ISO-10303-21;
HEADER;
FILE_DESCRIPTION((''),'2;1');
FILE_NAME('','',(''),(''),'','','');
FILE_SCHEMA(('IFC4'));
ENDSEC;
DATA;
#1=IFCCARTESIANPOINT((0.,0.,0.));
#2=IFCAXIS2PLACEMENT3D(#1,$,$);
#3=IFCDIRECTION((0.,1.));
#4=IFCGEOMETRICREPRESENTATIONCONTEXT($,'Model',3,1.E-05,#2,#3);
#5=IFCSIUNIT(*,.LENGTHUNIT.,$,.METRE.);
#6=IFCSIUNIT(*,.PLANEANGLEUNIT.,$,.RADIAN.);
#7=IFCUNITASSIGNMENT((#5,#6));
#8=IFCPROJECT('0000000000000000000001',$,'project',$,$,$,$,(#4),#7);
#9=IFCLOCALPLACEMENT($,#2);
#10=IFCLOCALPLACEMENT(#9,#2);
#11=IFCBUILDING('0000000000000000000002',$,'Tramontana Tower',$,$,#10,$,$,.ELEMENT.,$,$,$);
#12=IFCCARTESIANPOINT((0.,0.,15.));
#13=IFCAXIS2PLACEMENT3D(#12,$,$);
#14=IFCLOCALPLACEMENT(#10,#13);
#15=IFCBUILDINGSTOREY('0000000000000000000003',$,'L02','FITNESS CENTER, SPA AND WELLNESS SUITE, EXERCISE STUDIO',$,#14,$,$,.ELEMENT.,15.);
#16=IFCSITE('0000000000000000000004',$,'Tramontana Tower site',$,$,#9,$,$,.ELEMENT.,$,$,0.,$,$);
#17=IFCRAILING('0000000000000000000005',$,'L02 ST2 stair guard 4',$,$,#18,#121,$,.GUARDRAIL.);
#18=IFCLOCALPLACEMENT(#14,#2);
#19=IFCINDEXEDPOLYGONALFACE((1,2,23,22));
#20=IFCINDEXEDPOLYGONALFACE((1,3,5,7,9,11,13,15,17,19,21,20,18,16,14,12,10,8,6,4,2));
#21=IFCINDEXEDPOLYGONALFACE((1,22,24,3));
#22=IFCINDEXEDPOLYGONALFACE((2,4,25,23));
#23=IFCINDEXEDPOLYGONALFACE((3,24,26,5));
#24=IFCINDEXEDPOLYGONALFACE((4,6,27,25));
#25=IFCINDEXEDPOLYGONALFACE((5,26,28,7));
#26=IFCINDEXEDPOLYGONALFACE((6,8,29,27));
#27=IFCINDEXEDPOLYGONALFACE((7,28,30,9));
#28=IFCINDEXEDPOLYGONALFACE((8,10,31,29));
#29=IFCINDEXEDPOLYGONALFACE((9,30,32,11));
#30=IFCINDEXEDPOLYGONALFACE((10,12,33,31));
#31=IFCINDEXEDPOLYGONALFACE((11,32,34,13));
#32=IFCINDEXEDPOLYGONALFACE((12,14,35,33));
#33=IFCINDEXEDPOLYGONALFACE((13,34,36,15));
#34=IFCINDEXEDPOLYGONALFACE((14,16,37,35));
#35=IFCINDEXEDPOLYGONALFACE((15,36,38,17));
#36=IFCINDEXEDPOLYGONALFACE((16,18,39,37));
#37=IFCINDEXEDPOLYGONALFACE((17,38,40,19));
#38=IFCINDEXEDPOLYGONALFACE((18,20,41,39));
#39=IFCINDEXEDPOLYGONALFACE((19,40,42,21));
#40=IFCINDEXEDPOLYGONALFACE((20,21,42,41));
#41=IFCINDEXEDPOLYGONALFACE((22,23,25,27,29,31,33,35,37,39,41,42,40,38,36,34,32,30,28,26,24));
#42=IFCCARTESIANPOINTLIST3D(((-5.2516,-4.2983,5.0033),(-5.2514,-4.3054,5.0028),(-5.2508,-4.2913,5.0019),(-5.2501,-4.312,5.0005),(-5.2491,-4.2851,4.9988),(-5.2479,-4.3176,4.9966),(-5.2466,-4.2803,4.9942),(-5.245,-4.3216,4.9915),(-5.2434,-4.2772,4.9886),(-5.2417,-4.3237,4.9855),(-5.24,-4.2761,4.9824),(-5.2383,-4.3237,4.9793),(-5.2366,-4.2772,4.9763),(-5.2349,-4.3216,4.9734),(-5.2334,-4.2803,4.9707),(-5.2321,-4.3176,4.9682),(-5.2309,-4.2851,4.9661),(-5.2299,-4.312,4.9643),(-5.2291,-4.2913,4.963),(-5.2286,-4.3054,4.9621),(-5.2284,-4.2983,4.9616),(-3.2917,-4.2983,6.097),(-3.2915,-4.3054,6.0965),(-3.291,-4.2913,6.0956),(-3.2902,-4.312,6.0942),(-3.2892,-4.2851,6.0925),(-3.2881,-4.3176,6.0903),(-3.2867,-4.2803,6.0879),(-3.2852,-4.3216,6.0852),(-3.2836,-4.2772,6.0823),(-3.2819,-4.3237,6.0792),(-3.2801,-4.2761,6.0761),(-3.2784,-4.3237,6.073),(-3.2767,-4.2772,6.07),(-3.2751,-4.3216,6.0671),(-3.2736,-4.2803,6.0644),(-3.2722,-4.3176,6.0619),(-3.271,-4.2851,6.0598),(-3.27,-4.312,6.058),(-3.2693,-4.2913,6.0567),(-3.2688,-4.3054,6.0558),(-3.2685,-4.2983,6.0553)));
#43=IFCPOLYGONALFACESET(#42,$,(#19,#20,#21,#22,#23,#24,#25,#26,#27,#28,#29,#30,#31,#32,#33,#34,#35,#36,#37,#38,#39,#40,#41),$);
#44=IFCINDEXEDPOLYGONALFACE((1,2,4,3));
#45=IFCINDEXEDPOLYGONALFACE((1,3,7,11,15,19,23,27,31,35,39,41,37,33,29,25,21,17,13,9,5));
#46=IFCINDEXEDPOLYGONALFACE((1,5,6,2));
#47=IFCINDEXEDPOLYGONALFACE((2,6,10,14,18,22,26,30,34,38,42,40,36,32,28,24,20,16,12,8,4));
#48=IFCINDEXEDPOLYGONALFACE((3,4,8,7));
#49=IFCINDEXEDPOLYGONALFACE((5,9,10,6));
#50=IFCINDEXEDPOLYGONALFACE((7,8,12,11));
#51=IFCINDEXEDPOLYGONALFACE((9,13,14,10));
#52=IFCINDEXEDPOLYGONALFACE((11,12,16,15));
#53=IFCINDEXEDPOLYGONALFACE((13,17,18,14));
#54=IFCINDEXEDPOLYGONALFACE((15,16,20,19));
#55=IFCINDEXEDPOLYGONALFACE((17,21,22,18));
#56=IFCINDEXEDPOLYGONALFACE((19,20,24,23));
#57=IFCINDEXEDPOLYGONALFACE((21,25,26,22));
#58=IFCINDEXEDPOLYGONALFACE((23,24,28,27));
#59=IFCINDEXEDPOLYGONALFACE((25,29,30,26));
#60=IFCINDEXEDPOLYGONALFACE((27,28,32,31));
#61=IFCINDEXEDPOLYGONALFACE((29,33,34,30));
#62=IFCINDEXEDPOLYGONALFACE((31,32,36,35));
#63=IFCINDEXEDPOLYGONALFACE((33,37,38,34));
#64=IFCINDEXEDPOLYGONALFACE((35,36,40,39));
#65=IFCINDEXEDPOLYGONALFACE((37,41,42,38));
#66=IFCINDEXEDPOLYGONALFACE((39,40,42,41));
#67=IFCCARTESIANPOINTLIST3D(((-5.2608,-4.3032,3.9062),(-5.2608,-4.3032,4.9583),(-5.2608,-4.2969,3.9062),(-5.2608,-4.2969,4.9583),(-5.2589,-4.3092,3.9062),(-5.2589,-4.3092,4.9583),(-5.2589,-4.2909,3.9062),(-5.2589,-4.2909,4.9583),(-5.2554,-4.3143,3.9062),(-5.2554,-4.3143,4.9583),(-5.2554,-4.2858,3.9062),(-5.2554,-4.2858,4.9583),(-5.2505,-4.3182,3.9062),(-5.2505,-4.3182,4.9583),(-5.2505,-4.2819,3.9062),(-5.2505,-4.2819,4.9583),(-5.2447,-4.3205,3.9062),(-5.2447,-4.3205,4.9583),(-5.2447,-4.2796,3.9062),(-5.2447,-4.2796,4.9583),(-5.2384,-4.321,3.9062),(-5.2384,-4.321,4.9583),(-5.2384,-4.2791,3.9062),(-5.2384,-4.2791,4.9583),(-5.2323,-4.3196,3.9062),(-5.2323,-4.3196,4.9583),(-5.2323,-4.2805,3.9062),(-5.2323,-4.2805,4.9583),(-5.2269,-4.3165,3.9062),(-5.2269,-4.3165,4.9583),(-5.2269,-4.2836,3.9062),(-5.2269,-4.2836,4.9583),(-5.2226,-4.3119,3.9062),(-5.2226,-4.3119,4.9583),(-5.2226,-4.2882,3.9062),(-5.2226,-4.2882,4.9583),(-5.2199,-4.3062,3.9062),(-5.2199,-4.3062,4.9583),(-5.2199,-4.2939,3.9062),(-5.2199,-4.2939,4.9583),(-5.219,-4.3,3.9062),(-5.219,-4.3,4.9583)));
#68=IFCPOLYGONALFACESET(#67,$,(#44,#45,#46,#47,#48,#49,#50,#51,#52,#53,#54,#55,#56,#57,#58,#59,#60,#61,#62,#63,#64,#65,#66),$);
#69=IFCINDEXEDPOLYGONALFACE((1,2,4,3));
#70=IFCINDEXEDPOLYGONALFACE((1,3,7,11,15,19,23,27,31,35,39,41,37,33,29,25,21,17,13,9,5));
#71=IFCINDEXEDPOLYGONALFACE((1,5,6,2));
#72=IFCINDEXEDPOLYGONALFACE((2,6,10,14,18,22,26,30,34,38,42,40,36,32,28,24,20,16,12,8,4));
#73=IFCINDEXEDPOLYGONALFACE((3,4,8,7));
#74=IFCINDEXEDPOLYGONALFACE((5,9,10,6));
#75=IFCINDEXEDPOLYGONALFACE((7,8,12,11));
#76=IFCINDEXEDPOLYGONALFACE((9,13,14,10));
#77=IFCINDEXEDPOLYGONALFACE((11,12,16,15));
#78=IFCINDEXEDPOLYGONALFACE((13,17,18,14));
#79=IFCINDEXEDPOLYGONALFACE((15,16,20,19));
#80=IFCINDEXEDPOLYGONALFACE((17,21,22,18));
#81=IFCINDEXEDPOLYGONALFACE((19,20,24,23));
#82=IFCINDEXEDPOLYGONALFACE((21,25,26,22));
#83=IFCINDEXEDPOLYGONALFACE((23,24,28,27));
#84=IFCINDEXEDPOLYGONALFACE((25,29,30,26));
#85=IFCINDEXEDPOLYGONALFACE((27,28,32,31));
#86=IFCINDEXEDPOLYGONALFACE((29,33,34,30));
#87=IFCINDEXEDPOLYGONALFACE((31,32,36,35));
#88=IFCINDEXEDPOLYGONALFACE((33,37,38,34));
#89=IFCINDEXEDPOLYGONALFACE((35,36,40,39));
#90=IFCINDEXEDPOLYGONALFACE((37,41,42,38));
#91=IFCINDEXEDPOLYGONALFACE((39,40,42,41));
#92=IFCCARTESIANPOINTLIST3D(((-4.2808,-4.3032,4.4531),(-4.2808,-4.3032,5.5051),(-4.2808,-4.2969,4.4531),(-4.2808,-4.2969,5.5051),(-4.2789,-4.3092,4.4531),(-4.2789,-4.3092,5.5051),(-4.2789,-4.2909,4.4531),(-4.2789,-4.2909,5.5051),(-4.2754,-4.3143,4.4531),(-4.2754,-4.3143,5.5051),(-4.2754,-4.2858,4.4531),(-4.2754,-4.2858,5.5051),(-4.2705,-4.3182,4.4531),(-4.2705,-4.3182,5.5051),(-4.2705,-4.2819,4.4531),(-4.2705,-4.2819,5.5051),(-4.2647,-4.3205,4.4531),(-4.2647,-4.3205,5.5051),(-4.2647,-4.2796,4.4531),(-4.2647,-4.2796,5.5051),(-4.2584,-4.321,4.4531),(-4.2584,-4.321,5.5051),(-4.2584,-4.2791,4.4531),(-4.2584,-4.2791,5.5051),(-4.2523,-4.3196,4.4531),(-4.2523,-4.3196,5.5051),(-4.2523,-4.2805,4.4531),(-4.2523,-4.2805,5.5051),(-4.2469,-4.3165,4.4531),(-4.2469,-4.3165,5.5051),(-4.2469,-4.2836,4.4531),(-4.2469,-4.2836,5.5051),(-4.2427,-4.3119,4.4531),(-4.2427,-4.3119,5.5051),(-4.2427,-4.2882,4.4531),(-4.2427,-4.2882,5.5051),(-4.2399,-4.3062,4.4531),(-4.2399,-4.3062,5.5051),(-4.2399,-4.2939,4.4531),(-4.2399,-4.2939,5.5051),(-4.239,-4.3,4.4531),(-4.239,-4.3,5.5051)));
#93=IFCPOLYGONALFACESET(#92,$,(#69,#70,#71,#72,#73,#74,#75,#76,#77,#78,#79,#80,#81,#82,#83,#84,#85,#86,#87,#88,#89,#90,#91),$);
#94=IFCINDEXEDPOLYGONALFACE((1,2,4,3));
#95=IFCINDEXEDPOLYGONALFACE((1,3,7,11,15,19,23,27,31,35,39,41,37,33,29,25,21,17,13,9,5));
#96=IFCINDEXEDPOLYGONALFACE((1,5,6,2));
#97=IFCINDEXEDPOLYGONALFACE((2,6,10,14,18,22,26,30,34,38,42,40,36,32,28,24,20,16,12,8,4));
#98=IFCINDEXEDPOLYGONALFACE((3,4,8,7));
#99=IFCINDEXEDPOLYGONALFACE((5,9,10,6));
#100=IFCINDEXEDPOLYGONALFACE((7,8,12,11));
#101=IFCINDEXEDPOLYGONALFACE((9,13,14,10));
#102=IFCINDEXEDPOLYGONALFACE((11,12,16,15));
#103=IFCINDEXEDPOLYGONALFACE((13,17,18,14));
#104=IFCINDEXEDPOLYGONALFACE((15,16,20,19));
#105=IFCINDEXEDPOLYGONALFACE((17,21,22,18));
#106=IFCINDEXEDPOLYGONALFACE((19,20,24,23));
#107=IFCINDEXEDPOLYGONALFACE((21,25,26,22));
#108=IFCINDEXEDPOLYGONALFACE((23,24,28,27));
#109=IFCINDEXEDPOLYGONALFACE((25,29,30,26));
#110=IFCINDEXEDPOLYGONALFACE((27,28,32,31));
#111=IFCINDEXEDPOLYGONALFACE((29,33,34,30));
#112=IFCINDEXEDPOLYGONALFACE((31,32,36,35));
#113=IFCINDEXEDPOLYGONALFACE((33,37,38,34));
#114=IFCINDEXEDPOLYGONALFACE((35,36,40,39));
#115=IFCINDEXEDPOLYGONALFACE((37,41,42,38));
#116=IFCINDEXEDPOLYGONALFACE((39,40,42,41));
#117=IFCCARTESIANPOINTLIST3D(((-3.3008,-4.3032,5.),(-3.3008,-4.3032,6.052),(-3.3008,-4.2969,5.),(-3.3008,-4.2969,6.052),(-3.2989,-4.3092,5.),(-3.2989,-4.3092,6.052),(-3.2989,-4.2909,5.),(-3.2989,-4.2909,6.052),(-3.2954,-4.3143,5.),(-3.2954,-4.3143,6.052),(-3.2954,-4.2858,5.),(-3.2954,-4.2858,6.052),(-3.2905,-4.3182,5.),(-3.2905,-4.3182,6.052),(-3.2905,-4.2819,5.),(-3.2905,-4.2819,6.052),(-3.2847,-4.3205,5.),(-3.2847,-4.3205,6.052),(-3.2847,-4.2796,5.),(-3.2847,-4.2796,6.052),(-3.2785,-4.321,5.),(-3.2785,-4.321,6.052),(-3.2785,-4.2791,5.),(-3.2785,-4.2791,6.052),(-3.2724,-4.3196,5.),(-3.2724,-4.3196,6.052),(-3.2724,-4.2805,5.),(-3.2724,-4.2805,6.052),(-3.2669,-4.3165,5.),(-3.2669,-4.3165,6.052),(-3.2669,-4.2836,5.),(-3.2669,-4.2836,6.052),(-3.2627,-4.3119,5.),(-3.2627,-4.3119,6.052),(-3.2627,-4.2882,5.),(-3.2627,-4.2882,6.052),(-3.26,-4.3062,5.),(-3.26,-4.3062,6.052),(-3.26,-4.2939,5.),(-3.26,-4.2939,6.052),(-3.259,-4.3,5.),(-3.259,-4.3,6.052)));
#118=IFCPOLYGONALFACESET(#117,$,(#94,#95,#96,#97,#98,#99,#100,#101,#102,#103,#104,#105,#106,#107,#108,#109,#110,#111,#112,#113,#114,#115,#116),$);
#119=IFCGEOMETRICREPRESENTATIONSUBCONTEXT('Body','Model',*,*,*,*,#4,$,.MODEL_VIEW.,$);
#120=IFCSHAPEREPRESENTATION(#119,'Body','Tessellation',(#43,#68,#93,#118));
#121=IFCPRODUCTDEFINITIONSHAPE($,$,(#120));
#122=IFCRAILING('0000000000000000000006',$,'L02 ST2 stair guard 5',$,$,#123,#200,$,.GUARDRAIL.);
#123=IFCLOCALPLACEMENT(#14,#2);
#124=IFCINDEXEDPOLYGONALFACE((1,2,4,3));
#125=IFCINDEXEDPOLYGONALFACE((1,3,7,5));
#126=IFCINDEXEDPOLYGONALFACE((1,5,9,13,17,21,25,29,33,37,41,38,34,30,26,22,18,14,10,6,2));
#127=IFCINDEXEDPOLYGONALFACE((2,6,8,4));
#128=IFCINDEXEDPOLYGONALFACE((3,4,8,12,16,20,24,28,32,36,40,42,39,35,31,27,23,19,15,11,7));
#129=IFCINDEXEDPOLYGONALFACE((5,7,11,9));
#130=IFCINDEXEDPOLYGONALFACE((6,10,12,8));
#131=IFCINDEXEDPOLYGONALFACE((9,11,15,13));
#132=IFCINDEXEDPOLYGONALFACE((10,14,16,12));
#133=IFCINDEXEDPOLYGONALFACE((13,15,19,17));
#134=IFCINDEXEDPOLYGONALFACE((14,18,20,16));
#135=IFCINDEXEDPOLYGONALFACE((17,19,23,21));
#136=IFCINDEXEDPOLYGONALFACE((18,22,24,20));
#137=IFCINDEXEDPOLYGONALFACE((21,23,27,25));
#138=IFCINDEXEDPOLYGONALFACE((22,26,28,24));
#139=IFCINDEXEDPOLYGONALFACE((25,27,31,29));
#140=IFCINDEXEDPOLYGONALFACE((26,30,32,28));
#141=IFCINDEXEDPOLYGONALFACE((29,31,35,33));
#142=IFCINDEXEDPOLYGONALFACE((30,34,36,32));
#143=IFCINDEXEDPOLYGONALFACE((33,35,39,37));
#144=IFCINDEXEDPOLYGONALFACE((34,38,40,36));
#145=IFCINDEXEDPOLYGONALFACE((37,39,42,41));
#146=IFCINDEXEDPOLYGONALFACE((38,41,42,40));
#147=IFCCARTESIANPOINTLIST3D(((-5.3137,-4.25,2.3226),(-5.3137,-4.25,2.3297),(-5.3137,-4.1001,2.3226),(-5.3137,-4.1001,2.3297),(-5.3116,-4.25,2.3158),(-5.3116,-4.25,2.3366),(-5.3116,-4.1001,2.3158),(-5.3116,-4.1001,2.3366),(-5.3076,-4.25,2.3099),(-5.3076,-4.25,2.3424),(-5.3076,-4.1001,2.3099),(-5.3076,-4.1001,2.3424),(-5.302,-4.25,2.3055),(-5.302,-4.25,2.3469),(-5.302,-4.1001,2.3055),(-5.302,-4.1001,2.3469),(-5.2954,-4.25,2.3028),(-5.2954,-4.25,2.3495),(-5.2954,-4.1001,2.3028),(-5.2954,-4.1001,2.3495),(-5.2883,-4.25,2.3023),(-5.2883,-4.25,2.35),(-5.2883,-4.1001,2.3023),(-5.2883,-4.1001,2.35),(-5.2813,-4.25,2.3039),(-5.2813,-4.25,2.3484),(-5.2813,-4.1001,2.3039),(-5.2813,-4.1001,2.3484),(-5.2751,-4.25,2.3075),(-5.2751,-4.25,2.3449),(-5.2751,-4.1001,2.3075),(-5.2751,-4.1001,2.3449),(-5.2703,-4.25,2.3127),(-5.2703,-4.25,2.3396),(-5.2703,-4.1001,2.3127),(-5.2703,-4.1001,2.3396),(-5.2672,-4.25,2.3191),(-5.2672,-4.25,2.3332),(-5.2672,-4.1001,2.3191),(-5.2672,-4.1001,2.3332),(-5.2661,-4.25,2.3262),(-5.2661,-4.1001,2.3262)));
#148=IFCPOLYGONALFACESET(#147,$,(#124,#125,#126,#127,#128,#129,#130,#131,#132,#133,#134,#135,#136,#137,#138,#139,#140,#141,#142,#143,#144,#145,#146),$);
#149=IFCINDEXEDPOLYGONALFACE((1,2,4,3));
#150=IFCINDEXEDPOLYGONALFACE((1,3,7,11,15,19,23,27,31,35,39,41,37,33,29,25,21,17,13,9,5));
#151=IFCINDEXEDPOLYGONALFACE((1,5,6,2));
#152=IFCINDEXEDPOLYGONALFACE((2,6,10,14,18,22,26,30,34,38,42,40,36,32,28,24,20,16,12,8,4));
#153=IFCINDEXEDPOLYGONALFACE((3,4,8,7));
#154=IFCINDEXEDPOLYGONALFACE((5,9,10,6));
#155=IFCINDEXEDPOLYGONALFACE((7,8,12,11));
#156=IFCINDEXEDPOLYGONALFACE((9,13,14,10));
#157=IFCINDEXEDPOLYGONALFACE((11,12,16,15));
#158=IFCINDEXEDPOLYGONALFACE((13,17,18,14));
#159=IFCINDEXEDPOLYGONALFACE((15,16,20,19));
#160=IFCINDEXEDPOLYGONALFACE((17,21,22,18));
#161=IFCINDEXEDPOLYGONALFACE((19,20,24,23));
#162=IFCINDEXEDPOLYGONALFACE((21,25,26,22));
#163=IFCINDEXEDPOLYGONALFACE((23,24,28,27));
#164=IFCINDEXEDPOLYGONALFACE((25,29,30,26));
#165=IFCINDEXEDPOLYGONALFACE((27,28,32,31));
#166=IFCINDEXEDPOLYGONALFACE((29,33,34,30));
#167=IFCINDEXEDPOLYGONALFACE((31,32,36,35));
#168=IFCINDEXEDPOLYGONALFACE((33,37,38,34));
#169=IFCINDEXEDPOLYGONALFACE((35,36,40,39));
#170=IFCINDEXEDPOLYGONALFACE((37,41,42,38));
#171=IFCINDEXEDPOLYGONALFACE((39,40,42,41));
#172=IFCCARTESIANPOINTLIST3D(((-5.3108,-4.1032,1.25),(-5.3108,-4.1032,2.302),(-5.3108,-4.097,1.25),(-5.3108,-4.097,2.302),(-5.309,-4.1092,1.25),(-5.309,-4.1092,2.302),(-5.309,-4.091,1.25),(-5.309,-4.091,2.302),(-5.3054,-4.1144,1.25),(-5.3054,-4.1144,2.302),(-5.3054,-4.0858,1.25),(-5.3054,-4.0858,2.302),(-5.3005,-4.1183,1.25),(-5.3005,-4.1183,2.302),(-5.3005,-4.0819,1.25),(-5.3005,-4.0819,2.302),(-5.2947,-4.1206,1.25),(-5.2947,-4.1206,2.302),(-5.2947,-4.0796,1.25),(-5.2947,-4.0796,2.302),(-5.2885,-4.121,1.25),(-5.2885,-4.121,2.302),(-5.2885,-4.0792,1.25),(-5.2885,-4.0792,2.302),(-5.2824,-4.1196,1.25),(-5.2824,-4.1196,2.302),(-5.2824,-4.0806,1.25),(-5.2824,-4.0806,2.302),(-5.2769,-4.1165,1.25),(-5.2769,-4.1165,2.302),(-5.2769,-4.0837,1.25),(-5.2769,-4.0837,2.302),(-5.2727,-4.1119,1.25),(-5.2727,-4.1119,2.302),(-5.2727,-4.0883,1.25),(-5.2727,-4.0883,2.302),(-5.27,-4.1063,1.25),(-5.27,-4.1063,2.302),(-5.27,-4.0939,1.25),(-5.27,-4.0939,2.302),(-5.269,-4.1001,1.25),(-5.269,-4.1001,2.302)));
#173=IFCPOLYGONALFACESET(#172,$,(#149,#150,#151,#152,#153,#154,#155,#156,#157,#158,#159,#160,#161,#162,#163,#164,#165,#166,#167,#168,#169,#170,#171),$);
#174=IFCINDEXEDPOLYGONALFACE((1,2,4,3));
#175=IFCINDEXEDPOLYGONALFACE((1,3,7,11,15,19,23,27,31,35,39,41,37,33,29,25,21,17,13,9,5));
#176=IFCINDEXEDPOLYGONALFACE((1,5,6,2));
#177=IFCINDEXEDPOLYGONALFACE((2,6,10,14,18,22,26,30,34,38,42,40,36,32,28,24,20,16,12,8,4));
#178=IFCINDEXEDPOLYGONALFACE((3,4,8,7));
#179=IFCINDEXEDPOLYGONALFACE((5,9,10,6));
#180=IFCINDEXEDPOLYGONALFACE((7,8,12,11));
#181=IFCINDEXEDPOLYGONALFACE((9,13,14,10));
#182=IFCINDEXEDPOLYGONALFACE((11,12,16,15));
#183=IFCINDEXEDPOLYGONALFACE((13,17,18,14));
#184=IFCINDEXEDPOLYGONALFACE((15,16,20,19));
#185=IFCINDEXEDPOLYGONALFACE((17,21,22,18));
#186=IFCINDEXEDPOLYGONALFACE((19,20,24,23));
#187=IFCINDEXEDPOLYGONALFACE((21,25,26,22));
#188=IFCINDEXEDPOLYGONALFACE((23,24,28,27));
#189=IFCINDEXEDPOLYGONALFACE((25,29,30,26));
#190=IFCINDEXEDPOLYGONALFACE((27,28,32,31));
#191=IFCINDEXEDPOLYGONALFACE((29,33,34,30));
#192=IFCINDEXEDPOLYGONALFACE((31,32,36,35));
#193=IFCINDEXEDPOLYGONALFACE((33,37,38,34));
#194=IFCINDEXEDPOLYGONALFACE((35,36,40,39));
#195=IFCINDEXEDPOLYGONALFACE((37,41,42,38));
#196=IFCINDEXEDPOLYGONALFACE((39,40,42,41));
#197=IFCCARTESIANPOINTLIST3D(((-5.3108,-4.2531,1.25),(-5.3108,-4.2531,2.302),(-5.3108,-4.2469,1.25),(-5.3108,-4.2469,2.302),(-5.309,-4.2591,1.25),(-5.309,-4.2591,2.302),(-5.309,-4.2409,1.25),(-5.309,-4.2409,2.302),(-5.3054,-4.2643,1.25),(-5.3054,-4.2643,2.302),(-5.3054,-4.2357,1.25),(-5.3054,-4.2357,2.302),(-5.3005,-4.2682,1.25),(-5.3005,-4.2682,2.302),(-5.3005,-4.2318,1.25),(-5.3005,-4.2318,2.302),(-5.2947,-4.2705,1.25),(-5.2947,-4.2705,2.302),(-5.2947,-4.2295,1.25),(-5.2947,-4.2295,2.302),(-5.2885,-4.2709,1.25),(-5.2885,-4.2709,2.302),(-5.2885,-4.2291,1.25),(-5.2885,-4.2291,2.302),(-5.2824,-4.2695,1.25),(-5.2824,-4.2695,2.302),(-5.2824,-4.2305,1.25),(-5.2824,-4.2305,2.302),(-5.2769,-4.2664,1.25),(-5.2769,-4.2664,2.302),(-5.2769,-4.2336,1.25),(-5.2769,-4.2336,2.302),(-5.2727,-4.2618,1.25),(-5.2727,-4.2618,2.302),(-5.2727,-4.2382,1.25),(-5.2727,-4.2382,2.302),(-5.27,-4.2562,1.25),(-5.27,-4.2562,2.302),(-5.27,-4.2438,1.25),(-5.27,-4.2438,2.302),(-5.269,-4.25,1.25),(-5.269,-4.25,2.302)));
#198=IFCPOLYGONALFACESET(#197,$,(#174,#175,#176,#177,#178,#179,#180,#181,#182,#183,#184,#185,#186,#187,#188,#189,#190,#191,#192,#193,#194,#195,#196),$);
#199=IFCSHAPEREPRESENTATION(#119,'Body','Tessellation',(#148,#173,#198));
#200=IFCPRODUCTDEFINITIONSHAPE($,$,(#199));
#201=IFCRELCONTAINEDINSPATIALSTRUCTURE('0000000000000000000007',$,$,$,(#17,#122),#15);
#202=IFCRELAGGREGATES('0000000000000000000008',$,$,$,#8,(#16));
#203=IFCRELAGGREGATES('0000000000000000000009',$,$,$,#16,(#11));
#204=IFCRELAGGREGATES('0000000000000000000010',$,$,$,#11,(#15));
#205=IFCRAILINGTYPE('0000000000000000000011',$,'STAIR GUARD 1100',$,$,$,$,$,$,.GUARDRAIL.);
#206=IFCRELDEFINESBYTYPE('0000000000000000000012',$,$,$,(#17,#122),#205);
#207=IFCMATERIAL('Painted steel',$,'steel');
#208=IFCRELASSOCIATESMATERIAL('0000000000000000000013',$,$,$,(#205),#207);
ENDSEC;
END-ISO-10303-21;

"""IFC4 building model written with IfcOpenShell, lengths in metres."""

from ifc_helpers import new_model, si_unit, direction, frame, origin, origin_2d, place, context, subcontext, project, spatial, circle, extrude, material, type_object, element, save


model = new_model("IFC4")

# Units and contexts
model_context = context("Model", 3, precision=1e-05, world=origin(), true_north=direction((0.0, 1.0)))
body_context = subcontext(model_context, "Body", "Model", "MODEL_VIEW")
ifc_project = project(units=[si_unit("LENGTHUNIT", "METRE"), si_unit("PLANEANGLEUNIT", "RADIAN")], contexts=[model_context])

# Site, building, storey
site_placement = place(None, origin())
site = spatial("IfcSite", under=ifc_project, at=site_placement, Name="Tramontana Tower site", CompositionType="ELEMENT", RefElevation=0.0)
building_placement = place(site_placement, origin())
building = spatial("IfcBuilding", under=site, at=building_placement, Name="Tramontana Tower", CompositionType="ELEMENT")
storey_placement = place(building_placement, frame((0.0, 0.0, 15.0)))
storey = spatial("IfcBuildingStorey", under=building, at=storey_placement, Name="L02", Description="FITNESS CENTER, SPA AND WELLNESS SUITE, EXERCISE STUDIO", CompositionType="ELEMENT", Elevation=15.0)

# Railings
ifc_material_1 = material(Name="Painted steel", Category="steel")
railing_type_1 = type_object("IfcRailingType", Name="STAIR GUARD 1100", PredefinedType="GUARDRAIL", material=ifc_material_1)
railing_1_placement = place(storey_placement, frame((-5.24, -4.3, 3.9062)))
element("IfcRailing", 1, at=railing_1_placement, inside=storey, type_object=railing_type_1, Name="L02 ST2 stair guard 4", PredefinedType="GUARDRAIL", context=body_context, shape_type="SweptSolid", body=[
    extrude(circle(Radius=0.0239, at=origin_2d()), frame((0.0, 0.0, 1.0762), z_axis=(0.873232, 0.0, 0.487304), x_axis=(0.0, 1.0, 0.0)), (0.0, 0.0, 1.0), 2.2444),
    extrude(circle(Radius=0.021, at=origin_2d()), origin(), (0.0, 0.0, 1.0), 1.052),
    extrude(circle(Radius=0.021, at=origin_2d()), frame((0.98, 0.0, 0.5469)), (0.0, 0.0, 1.0), 1.052),
    extrude(circle(Radius=0.021, at=origin_2d()), frame((1.96, 0.0, 1.0938)), (0.0, 0.0, 1.0), 1.052),
])
for number, where, name in (
    (2, (-5.29, -4.1001, 1.25), "L02 ST2 stair guard 5"),
):
    element("IfcRailing", number, at=place(storey_placement, frame(where)), inside=storey, type_object=railing_type_1, Name=name, PredefinedType="GUARDRAIL", context=body_context, shape_type="SweptSolid", body=[
        extrude(circle(Radius=0.0239, at=origin_2d()), frame((0.0, 0.0, 1.0762), z_axis=(0.0, -1.0, 0.0), x_axis=(1.0, 0.0, 0.0)), (0.0, 0.0, 1.0), 0.1499),
        extrude(circle(Radius=0.021, at=origin_2d()), origin(), (0.0, 0.0, 1.0), 1.052),
        extrude(circle(Radius=0.021, at=origin_2d()), frame((0.0, -0.1499, 0.0)), (0.0, 0.0, 1.0), 1.052),
    ])

save(model, "model.ifc")
